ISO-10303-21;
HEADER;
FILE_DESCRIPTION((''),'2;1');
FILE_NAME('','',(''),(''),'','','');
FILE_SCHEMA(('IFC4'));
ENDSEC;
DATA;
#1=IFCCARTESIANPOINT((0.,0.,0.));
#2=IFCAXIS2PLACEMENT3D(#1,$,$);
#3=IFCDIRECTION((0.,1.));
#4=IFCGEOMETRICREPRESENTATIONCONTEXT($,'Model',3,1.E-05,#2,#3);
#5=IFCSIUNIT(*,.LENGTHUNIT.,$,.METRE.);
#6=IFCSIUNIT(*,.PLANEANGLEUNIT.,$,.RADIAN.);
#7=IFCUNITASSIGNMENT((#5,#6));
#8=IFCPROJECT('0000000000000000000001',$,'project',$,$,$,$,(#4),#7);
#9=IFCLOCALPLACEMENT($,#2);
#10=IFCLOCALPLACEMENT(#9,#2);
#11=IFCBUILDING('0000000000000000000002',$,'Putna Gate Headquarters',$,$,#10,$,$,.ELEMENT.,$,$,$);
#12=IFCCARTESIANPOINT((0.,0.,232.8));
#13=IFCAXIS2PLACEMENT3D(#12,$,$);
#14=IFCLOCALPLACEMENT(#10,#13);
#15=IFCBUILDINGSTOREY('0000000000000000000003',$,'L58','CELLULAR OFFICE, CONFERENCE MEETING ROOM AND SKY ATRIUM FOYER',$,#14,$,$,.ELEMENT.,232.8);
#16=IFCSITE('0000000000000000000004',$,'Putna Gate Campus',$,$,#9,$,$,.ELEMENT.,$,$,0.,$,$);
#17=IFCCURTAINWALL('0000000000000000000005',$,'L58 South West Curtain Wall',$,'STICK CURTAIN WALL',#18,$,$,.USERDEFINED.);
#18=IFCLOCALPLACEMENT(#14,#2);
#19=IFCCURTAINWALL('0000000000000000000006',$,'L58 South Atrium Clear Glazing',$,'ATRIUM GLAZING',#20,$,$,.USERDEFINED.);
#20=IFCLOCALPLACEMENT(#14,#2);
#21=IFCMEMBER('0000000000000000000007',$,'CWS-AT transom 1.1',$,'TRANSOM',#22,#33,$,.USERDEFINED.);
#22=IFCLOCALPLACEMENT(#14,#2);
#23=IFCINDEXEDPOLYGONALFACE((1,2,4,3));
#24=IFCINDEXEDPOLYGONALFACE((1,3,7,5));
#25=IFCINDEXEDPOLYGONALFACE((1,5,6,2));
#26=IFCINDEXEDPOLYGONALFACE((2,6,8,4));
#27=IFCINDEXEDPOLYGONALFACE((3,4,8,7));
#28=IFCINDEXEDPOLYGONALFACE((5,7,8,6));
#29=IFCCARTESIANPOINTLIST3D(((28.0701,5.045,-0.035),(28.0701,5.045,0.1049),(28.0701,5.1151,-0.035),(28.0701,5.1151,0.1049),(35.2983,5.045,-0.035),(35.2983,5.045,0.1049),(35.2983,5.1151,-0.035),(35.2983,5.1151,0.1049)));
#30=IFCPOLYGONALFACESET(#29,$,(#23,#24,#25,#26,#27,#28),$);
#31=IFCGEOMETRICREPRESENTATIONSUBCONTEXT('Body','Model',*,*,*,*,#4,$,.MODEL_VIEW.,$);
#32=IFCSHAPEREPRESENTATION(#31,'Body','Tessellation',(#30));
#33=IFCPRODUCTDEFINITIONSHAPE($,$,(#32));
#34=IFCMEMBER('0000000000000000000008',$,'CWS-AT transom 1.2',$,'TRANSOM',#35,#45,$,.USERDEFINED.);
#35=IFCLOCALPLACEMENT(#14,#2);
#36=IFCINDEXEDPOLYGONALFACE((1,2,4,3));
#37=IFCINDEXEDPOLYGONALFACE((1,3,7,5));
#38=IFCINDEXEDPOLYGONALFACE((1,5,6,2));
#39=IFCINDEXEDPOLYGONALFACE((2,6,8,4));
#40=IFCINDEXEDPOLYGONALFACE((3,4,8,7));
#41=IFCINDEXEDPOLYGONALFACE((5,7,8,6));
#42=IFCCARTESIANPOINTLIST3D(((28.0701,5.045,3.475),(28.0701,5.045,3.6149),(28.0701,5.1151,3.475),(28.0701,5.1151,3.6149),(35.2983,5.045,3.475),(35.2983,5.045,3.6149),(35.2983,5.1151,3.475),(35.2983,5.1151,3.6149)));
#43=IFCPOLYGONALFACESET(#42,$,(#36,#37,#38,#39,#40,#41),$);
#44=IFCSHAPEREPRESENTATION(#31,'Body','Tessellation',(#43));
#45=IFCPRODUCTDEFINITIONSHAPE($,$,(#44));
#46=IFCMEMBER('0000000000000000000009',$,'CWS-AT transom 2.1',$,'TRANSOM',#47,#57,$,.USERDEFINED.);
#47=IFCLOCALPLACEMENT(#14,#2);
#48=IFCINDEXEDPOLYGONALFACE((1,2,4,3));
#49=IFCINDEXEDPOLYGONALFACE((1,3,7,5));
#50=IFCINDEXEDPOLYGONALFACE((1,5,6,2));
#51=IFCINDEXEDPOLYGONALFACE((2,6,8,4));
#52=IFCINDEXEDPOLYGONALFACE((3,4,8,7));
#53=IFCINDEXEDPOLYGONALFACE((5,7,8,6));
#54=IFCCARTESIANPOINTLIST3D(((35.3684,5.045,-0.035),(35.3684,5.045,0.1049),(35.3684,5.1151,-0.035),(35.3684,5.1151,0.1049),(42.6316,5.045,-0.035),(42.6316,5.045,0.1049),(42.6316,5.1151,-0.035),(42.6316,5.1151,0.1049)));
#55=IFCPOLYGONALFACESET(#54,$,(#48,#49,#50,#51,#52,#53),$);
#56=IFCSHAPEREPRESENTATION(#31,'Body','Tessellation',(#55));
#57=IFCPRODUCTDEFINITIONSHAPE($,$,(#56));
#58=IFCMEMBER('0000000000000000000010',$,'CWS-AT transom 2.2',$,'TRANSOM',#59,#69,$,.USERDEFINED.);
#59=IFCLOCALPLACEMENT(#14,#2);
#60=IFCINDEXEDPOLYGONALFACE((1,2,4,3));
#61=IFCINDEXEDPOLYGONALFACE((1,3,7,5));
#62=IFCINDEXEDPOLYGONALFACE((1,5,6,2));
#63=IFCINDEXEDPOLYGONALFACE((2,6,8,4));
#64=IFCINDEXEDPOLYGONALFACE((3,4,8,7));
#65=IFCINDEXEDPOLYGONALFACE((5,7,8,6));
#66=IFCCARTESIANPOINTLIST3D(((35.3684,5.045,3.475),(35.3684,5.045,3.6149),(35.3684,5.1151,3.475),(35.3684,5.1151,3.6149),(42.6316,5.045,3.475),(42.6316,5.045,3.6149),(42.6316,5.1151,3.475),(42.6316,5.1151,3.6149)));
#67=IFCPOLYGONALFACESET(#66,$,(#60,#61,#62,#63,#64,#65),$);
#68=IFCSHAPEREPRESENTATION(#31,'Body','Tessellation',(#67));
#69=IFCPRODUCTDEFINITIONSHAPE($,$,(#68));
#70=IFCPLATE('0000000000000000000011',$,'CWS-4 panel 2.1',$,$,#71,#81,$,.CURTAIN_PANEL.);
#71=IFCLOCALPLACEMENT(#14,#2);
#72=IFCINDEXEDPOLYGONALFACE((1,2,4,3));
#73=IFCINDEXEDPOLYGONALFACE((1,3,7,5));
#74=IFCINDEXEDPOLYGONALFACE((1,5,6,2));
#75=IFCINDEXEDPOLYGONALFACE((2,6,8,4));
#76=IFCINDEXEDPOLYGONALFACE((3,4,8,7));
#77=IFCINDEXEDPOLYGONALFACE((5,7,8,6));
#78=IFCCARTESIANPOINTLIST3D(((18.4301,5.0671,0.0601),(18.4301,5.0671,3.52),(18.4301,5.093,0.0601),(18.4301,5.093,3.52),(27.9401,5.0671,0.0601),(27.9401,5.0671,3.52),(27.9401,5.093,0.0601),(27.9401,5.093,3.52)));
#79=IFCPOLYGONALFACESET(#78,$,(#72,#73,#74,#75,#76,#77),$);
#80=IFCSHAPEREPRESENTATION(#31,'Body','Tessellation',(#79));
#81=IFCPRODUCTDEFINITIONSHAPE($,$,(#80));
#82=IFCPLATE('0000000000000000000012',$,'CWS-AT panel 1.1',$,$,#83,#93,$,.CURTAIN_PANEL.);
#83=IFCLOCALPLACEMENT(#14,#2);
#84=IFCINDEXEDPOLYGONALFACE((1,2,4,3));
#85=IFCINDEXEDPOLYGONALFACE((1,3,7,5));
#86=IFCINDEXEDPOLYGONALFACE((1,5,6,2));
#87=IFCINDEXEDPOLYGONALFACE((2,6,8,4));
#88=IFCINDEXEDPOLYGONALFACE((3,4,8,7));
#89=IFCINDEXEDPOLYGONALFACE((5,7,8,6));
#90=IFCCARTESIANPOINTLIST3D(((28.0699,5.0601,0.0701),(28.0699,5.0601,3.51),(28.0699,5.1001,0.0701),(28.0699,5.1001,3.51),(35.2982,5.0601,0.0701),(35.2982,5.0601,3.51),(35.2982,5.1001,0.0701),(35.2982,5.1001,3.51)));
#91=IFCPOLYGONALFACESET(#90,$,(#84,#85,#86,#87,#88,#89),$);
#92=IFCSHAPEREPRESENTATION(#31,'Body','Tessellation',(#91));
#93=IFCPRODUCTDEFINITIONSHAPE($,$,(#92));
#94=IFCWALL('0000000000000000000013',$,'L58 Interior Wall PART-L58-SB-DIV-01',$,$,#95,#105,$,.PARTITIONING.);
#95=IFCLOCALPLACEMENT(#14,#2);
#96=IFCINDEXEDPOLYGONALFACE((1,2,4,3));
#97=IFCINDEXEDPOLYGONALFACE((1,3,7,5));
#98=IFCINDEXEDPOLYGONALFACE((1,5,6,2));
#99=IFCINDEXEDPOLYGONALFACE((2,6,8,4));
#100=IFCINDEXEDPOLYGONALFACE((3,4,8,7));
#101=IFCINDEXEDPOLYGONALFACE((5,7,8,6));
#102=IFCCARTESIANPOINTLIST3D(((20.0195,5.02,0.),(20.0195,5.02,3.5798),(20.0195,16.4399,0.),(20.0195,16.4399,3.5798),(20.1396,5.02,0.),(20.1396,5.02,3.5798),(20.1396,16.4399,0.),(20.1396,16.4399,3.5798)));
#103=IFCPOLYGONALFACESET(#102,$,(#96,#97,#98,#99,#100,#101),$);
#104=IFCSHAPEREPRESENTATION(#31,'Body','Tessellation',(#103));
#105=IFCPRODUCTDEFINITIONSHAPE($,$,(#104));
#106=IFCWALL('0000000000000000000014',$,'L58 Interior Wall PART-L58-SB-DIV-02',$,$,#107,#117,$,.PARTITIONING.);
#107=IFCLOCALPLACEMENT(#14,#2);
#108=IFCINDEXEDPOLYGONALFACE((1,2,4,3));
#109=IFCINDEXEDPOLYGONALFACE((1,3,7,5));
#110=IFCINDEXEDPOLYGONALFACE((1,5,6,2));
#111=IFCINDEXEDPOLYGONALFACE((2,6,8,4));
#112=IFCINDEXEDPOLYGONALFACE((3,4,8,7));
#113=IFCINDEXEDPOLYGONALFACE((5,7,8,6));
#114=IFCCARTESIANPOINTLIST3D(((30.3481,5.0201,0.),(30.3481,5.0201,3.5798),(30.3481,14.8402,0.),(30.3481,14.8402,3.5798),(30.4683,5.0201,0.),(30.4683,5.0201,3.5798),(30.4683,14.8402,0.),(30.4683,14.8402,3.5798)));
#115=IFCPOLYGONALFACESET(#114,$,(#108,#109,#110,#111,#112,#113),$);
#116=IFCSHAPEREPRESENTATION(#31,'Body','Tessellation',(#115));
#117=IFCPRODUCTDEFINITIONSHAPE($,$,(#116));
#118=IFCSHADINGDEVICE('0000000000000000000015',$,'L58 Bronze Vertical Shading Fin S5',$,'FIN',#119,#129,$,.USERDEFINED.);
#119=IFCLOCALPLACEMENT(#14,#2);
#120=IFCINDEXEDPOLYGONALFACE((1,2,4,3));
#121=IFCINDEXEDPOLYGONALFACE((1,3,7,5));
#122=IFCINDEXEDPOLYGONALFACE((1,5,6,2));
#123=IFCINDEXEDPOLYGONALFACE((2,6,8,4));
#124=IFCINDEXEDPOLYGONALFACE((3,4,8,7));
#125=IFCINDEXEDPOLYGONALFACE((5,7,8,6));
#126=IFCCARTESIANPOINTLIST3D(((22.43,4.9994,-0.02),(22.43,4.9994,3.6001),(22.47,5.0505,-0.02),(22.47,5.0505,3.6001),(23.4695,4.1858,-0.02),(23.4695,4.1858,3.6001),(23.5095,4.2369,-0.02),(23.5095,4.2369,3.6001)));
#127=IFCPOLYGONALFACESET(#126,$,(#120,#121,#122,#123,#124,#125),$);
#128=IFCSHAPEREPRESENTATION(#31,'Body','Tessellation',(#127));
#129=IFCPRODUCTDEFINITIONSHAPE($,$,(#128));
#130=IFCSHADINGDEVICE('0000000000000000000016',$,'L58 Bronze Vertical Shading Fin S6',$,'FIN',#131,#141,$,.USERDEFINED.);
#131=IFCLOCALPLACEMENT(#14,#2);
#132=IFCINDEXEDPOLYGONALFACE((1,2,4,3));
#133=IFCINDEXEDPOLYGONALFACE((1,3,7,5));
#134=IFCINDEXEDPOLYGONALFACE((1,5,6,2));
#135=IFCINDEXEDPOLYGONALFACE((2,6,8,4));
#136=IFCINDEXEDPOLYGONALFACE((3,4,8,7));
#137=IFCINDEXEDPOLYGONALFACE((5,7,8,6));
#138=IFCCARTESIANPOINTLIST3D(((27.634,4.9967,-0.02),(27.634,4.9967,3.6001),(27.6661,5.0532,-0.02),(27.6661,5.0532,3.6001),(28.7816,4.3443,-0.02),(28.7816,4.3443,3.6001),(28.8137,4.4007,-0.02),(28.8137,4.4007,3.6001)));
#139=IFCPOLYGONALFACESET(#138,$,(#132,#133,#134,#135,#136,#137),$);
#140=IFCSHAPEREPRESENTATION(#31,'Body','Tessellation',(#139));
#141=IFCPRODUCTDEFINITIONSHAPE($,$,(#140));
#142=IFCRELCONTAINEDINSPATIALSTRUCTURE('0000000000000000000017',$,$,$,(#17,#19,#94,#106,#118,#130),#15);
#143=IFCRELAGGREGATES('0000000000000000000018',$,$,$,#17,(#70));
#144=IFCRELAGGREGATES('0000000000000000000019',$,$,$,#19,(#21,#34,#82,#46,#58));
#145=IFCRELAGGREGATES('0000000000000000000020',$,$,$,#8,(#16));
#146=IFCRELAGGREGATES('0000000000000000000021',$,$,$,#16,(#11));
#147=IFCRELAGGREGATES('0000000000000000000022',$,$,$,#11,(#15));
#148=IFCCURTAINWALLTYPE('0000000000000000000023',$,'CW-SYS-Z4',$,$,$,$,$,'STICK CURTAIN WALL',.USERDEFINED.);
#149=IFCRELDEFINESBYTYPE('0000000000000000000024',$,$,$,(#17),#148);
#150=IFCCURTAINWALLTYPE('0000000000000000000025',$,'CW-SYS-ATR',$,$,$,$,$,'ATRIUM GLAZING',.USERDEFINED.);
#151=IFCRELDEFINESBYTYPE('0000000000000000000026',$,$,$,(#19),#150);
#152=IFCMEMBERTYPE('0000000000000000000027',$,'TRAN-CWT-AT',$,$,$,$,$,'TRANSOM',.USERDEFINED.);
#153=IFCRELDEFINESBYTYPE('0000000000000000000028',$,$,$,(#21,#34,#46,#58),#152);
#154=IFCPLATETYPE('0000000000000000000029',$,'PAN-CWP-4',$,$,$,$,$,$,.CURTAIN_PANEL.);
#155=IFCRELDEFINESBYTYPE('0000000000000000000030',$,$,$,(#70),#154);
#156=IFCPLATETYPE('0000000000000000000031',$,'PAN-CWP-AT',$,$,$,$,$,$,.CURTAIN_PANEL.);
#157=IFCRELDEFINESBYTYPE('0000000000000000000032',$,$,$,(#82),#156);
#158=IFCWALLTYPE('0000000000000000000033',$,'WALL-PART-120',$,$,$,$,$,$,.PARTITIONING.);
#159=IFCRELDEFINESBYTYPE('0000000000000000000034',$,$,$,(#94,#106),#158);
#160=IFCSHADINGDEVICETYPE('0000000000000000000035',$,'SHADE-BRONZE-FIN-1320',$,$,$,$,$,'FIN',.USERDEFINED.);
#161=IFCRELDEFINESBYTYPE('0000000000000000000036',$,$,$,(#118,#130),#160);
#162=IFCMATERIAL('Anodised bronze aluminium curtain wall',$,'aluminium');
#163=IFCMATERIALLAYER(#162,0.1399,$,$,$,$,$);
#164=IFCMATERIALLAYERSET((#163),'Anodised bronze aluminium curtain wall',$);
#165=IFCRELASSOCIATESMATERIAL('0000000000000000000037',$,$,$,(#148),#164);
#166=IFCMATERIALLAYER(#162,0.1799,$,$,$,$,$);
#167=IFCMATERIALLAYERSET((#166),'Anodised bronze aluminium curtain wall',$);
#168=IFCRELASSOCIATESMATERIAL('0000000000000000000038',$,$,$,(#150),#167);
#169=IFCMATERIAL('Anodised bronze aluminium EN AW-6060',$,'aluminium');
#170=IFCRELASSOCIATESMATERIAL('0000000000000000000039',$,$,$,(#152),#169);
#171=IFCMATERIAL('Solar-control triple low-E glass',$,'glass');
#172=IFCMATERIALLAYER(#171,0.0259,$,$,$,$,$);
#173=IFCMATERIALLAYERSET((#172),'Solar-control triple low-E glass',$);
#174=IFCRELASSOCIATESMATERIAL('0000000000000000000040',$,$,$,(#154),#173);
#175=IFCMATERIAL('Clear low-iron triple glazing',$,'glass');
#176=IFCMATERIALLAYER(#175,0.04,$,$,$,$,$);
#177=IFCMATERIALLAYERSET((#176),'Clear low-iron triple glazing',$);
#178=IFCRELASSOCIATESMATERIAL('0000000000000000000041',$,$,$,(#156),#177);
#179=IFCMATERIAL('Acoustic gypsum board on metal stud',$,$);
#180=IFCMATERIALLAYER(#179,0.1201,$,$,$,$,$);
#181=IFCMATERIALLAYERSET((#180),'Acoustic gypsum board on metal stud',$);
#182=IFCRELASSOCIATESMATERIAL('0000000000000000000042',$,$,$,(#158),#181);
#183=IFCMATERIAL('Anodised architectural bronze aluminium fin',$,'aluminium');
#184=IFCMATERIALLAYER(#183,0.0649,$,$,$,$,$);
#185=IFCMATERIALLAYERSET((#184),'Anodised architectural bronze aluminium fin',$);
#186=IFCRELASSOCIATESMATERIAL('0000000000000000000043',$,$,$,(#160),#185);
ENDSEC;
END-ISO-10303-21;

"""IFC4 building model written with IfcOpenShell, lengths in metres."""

from ifc_helpers import new_model, si_unit, direction, frame, frame_2d, origin, origin_2d, place, context, subcontext, project, spatial, rectangle, extrude, material, layer, layer_set, material_profile, profile_set, type_object, element, aggregate, save


model = new_model("IFC4")

# Units and contexts
model_context = context("Model", 3, precision=1e-05, world=origin(), true_north=direction((0.0, 1.0)))
body_context = subcontext(model_context, "Body", "Model", "MODEL_VIEW")
ifc_project = project(units=[si_unit("LENGTHUNIT", "METRE"), si_unit("PLANEANGLEUNIT", "RADIAN")], contexts=[model_context])

# Site, building, storey
site_placement = place(None, origin())
site = spatial("IfcSite", under=ifc_project, at=site_placement, Name="Putna Gate Campus", CompositionType="ELEMENT", RefElevation=0.0)
building_placement = place(site_placement, origin())
building = spatial("IfcBuilding", under=site, at=building_placement, Name="Putna Gate Headquarters", CompositionType="ELEMENT")
storey_placement = place(building_placement, frame((0.0, 0.0, 232.8)))
storey = spatial("IfcBuildingStorey", under=building, at=storey_placement, Name="L58", Description="CELLULAR OFFICE, CONFERENCE MEETING ROOM AND SKY ATRIUM FOYER", CompositionType="ELEMENT", Elevation=232.8)

# Curtain walls
ifc_material_1 = material(Name="Anodised bronze aluminium curtain wall", Category="aluminium")
ifc_layer_1 = layer(ifc_material_1, 0.1399)
ifc_layer_set_1 = layer_set([ifc_layer_1], Name="Anodised bronze aluminium curtain wall")
curtain_wall_type_1 = type_object("IfcCurtainWallType", Name="CW-SYS-Z4", ElementType="STICK CURTAIN WALL", PredefinedType="USERDEFINED", material=ifc_layer_set_1)
curtain_wall_1_placement = place(storey_placement, origin())
curtain_wall_1 = element("IfcCurtainWall", 1, at=curtain_wall_1_placement, inside=storey, type_object=curtain_wall_type_1, Name="L58 South West Curtain Wall", ObjectType="STICK CURTAIN WALL", PredefinedType="USERDEFINED")
ifc_material_2 = material(Name="Anodised bronze aluminium EN AW-6060", Category="aluminium")
ifc_layer_2 = layer(ifc_material_1, 0.1799)
ifc_layer_set_2 = layer_set([ifc_layer_2], Name="Anodised bronze aluminium curtain wall")
curtain_wall_type_2 = type_object("IfcCurtainWallType", Name="CW-SYS-ATR", ElementType="ATRIUM GLAZING", PredefinedType="USERDEFINED", material=ifc_layer_set_2)
curtain_wall_2_placement = place(storey_placement, origin())
curtain_wall_2 = element("IfcCurtainWall", 2, at=curtain_wall_2_placement, inside=storey, type_object=curtain_wall_type_2, Name="L58 South Atrium Clear Glazing", ObjectType="ATRIUM GLAZING", PredefinedType="USERDEFINED")

# Members
ifc_material_profile_1 = material_profile(ifc_material_2, rectangle(XDim=0.0701, YDim=0.1399, at=origin_2d()), Name="Anodised bronze aluminium EN AW-6060")
ifc_profile_set_1 = profile_set([ifc_material_profile_1], Name="Anodised bronze aluminium EN AW-6060")
member_type_1 = type_object("IfcMemberType", Name="TRAN-CWT-AT", ElementType="TRANSOM", PredefinedType="USERDEFINED", material=ifc_profile_set_1)
member_1_placement = place(storey_placement, frame((28.0701, 5.0801, 0.0349), z_axis=(1.0, 0.0, 0.0), x_axis=(0.0, 1.0, 0.0)))
member_1 = element("IfcMember", 3, at=member_1_placement, type_object=member_type_1, Name="CWS-AT transom 1.1", ObjectType="TRANSOM", PredefinedType="USERDEFINED", context=body_context, shape_type="SweptSolid", body=[
    extrude(rectangle(XDim=0.0701, YDim=0.1399, at=origin_2d()), origin(), (0.0, 0.0, 1.0), 7.2283),
])
member_2_placement = place(storey_placement, frame((28.0701, 5.0801, 3.5449), z_axis=(1.0, 0.0, 0.0), x_axis=(0.0, 1.0, 0.0)))
member_2 = element("IfcMember", 4, at=member_2_placement, type_object=member_type_1, Name="CWS-AT transom 1.2", ObjectType="TRANSOM", PredefinedType="USERDEFINED", context=body_context, shape_type="SweptSolid", body=[
    extrude(rectangle(XDim=0.0701, YDim=0.1399, at=origin_2d()), origin(), (0.0, 0.0, 1.0), 7.2283),
])
member_3_placement = place(storey_placement, frame((35.3684, 5.0801, 0.0349), z_axis=(1.0, 0.0, 0.0), x_axis=(0.0, 1.0, 0.0)))
member_3 = element("IfcMember", 5, at=member_3_placement, type_object=member_type_1, Name="CWS-AT transom 2.1", ObjectType="TRANSOM", PredefinedType="USERDEFINED", context=body_context, shape_type="SweptSolid", body=[
    extrude(rectangle(XDim=0.0701, YDim=0.1399, at=origin_2d()), origin(), (0.0, 0.0, 1.0), 7.2632),
])
member_4_placement = place(storey_placement, frame((35.3684, 5.0801, 3.5449), z_axis=(1.0, 0.0, 0.0), x_axis=(0.0, 1.0, 0.0)))
member_4 = element("IfcMember", 6, at=member_4_placement, type_object=member_type_1, Name="CWS-AT transom 2.2", ObjectType="TRANSOM", PredefinedType="USERDEFINED", context=body_context, shape_type="SweptSolid", body=[
    extrude(rectangle(XDim=0.0701, YDim=0.1399, at=origin_2d()), origin(), (0.0, 0.0, 1.0), 7.2632),
])

# Plates
ifc_material_3 = material(Name="Solar-control triple low-E glass", Category="glass")
ifc_layer_3 = layer(ifc_material_3, 0.0259)
ifc_layer_set_3 = layer_set([ifc_layer_3], Name="Solar-control triple low-E glass")
plate_type_1 = type_object("IfcPlateType", Name="PAN-CWP-4", PredefinedType="CURTAIN_PANEL", material=ifc_layer_set_3)
plate_1_placement = place(storey_placement, frame((23.1851, 5.0801, 0.0601), z_axis=(0.0, 0.0, 1.0), x_axis=(1.0, 0.0, 0.0)))
plate_1 = element("IfcPlate", 7, at=plate_1_placement, type_object=plate_type_1, Name="CWS-4 panel 2.1", PredefinedType="CURTAIN_PANEL", context=body_context, shape_type="SweptSolid", body=[
    extrude(rectangle(XDim=9.51, YDim=0.0259, at=origin_2d()), origin(), (0.0, 0.0, 1.0), 3.46),
])
aggregate(curtain_wall_1, [plate_1])
ifc_material_4 = material(Name="Clear low-iron triple glazing", Category="glass")
ifc_layer_4 = layer(ifc_material_4, 0.04)
ifc_layer_set_4 = layer_set([ifc_layer_4], Name="Clear low-iron triple glazing")
plate_type_2 = type_object("IfcPlateType", Name="PAN-CWP-AT", PredefinedType="CURTAIN_PANEL", material=ifc_layer_set_4)
plate_2_placement = place(storey_placement, frame((31.6841, 5.0801, 0.0701), z_axis=(0.0, 0.0, 1.0), x_axis=(1.0, 0.0, 0.0)))
plate_2 = element("IfcPlate", 8, at=plate_2_placement, type_object=plate_type_2, Name="CWS-AT panel 1.1", PredefinedType="CURTAIN_PANEL", context=body_context, shape_type="SweptSolid", body=[
    extrude(rectangle(XDim=7.2283, YDim=0.04, at=origin_2d()), origin(), (0.0, 0.0, 1.0), 3.4399),
])
aggregate(curtain_wall_2, [member_1, member_2, plate_2, member_3, member_4])

# Walls
ifc_material_5 = material(Name="Acoustic gypsum board on metal stud")
ifc_layer_5 = layer(ifc_material_5, 0.1201)
ifc_layer_set_5 = layer_set([ifc_layer_5], Name="Acoustic gypsum board on metal stud")
wall_type = type_object("IfcWallType", Name="WALL-PART-120", PredefinedType="PARTITIONING", material=ifc_layer_set_5)
wall_1_placement = place(storey_placement, frame((20.0796, 5.02, 0.0), z_axis=(0.0, 0.0, 1.0), x_axis=(0.0, 1.0, 0.0)))
element("IfcWall", 9, at=wall_1_placement, inside=storey, type_object=wall_type, Name="L58 Interior Wall PART-L58-SB-DIV-01", PredefinedType="PARTITIONING", context=body_context, shape_type="SweptSolid", body=[
    extrude(rectangle(XDim=11.4199, YDim=0.1201, at=frame_2d((5.71, 0.0))), origin(), (0.0, 0.0, 1.0), 3.5798),
])
wall_2_placement = place(storey_placement, frame((30.4082, 5.02, 0.0), z_axis=(0.0, 0.0, 1.0), x_axis=(0.0, 1.0, 0.0)))
element("IfcWall", 10, at=wall_2_placement, inside=storey, type_object=wall_type, Name="L58 Interior Wall PART-L58-SB-DIV-02", PredefinedType="PARTITIONING", context=body_context, shape_type="SweptSolid", body=[
    extrude(rectangle(XDim=9.8201, YDim=0.1201, at=frame_2d((4.9102, 0.0))), origin(), (0.0, 0.0, 1.0), 3.5798),
])

# Shading devices
ifc_material_6 = material(Name="Anodised architectural bronze aluminium fin", Category="aluminium")
ifc_layer_6 = layer(ifc_material_6, 0.0649)
ifc_layer_set_6 = layer_set([ifc_layer_6], Name="Anodised architectural bronze aluminium fin")
shading_device_type = type_object("IfcShadingDeviceType", Name="SHADE-BRONZE-FIN-1320", ElementType="FIN", PredefinedType="USERDEFINED", material=ifc_layer_set_6)
for number, where, z_axis, x_axis, name in (
    (11, (22.9697, 4.6182, -0.02), (0.0, 0.0, 1.0), (0.787473, -0.616349, 0.0), "L58 Bronze Vertical Shading Fin S5"),
    (12, (28.2239, 4.6987, -0.02), (0.0, 0.0, 1.0), (0.869322, -0.494245, 0.0), "L58 Bronze Vertical Shading Fin S6"),
):
    element("IfcShadingDevice", number, at=place(storey_placement, frame(where, z_axis=z_axis, x_axis=x_axis)), inside=storey, type_object=shading_device_type, Name=name, ObjectType="FIN", PredefinedType="USERDEFINED", context=body_context, shape_type="SweptSolid", body=[
        extrude(rectangle(XDim=1.3201, YDim=0.0649, at=origin_2d()), origin(), (0.0, 0.0, 1.0), 3.6201),
    ])

save(model, "model.ifc")
